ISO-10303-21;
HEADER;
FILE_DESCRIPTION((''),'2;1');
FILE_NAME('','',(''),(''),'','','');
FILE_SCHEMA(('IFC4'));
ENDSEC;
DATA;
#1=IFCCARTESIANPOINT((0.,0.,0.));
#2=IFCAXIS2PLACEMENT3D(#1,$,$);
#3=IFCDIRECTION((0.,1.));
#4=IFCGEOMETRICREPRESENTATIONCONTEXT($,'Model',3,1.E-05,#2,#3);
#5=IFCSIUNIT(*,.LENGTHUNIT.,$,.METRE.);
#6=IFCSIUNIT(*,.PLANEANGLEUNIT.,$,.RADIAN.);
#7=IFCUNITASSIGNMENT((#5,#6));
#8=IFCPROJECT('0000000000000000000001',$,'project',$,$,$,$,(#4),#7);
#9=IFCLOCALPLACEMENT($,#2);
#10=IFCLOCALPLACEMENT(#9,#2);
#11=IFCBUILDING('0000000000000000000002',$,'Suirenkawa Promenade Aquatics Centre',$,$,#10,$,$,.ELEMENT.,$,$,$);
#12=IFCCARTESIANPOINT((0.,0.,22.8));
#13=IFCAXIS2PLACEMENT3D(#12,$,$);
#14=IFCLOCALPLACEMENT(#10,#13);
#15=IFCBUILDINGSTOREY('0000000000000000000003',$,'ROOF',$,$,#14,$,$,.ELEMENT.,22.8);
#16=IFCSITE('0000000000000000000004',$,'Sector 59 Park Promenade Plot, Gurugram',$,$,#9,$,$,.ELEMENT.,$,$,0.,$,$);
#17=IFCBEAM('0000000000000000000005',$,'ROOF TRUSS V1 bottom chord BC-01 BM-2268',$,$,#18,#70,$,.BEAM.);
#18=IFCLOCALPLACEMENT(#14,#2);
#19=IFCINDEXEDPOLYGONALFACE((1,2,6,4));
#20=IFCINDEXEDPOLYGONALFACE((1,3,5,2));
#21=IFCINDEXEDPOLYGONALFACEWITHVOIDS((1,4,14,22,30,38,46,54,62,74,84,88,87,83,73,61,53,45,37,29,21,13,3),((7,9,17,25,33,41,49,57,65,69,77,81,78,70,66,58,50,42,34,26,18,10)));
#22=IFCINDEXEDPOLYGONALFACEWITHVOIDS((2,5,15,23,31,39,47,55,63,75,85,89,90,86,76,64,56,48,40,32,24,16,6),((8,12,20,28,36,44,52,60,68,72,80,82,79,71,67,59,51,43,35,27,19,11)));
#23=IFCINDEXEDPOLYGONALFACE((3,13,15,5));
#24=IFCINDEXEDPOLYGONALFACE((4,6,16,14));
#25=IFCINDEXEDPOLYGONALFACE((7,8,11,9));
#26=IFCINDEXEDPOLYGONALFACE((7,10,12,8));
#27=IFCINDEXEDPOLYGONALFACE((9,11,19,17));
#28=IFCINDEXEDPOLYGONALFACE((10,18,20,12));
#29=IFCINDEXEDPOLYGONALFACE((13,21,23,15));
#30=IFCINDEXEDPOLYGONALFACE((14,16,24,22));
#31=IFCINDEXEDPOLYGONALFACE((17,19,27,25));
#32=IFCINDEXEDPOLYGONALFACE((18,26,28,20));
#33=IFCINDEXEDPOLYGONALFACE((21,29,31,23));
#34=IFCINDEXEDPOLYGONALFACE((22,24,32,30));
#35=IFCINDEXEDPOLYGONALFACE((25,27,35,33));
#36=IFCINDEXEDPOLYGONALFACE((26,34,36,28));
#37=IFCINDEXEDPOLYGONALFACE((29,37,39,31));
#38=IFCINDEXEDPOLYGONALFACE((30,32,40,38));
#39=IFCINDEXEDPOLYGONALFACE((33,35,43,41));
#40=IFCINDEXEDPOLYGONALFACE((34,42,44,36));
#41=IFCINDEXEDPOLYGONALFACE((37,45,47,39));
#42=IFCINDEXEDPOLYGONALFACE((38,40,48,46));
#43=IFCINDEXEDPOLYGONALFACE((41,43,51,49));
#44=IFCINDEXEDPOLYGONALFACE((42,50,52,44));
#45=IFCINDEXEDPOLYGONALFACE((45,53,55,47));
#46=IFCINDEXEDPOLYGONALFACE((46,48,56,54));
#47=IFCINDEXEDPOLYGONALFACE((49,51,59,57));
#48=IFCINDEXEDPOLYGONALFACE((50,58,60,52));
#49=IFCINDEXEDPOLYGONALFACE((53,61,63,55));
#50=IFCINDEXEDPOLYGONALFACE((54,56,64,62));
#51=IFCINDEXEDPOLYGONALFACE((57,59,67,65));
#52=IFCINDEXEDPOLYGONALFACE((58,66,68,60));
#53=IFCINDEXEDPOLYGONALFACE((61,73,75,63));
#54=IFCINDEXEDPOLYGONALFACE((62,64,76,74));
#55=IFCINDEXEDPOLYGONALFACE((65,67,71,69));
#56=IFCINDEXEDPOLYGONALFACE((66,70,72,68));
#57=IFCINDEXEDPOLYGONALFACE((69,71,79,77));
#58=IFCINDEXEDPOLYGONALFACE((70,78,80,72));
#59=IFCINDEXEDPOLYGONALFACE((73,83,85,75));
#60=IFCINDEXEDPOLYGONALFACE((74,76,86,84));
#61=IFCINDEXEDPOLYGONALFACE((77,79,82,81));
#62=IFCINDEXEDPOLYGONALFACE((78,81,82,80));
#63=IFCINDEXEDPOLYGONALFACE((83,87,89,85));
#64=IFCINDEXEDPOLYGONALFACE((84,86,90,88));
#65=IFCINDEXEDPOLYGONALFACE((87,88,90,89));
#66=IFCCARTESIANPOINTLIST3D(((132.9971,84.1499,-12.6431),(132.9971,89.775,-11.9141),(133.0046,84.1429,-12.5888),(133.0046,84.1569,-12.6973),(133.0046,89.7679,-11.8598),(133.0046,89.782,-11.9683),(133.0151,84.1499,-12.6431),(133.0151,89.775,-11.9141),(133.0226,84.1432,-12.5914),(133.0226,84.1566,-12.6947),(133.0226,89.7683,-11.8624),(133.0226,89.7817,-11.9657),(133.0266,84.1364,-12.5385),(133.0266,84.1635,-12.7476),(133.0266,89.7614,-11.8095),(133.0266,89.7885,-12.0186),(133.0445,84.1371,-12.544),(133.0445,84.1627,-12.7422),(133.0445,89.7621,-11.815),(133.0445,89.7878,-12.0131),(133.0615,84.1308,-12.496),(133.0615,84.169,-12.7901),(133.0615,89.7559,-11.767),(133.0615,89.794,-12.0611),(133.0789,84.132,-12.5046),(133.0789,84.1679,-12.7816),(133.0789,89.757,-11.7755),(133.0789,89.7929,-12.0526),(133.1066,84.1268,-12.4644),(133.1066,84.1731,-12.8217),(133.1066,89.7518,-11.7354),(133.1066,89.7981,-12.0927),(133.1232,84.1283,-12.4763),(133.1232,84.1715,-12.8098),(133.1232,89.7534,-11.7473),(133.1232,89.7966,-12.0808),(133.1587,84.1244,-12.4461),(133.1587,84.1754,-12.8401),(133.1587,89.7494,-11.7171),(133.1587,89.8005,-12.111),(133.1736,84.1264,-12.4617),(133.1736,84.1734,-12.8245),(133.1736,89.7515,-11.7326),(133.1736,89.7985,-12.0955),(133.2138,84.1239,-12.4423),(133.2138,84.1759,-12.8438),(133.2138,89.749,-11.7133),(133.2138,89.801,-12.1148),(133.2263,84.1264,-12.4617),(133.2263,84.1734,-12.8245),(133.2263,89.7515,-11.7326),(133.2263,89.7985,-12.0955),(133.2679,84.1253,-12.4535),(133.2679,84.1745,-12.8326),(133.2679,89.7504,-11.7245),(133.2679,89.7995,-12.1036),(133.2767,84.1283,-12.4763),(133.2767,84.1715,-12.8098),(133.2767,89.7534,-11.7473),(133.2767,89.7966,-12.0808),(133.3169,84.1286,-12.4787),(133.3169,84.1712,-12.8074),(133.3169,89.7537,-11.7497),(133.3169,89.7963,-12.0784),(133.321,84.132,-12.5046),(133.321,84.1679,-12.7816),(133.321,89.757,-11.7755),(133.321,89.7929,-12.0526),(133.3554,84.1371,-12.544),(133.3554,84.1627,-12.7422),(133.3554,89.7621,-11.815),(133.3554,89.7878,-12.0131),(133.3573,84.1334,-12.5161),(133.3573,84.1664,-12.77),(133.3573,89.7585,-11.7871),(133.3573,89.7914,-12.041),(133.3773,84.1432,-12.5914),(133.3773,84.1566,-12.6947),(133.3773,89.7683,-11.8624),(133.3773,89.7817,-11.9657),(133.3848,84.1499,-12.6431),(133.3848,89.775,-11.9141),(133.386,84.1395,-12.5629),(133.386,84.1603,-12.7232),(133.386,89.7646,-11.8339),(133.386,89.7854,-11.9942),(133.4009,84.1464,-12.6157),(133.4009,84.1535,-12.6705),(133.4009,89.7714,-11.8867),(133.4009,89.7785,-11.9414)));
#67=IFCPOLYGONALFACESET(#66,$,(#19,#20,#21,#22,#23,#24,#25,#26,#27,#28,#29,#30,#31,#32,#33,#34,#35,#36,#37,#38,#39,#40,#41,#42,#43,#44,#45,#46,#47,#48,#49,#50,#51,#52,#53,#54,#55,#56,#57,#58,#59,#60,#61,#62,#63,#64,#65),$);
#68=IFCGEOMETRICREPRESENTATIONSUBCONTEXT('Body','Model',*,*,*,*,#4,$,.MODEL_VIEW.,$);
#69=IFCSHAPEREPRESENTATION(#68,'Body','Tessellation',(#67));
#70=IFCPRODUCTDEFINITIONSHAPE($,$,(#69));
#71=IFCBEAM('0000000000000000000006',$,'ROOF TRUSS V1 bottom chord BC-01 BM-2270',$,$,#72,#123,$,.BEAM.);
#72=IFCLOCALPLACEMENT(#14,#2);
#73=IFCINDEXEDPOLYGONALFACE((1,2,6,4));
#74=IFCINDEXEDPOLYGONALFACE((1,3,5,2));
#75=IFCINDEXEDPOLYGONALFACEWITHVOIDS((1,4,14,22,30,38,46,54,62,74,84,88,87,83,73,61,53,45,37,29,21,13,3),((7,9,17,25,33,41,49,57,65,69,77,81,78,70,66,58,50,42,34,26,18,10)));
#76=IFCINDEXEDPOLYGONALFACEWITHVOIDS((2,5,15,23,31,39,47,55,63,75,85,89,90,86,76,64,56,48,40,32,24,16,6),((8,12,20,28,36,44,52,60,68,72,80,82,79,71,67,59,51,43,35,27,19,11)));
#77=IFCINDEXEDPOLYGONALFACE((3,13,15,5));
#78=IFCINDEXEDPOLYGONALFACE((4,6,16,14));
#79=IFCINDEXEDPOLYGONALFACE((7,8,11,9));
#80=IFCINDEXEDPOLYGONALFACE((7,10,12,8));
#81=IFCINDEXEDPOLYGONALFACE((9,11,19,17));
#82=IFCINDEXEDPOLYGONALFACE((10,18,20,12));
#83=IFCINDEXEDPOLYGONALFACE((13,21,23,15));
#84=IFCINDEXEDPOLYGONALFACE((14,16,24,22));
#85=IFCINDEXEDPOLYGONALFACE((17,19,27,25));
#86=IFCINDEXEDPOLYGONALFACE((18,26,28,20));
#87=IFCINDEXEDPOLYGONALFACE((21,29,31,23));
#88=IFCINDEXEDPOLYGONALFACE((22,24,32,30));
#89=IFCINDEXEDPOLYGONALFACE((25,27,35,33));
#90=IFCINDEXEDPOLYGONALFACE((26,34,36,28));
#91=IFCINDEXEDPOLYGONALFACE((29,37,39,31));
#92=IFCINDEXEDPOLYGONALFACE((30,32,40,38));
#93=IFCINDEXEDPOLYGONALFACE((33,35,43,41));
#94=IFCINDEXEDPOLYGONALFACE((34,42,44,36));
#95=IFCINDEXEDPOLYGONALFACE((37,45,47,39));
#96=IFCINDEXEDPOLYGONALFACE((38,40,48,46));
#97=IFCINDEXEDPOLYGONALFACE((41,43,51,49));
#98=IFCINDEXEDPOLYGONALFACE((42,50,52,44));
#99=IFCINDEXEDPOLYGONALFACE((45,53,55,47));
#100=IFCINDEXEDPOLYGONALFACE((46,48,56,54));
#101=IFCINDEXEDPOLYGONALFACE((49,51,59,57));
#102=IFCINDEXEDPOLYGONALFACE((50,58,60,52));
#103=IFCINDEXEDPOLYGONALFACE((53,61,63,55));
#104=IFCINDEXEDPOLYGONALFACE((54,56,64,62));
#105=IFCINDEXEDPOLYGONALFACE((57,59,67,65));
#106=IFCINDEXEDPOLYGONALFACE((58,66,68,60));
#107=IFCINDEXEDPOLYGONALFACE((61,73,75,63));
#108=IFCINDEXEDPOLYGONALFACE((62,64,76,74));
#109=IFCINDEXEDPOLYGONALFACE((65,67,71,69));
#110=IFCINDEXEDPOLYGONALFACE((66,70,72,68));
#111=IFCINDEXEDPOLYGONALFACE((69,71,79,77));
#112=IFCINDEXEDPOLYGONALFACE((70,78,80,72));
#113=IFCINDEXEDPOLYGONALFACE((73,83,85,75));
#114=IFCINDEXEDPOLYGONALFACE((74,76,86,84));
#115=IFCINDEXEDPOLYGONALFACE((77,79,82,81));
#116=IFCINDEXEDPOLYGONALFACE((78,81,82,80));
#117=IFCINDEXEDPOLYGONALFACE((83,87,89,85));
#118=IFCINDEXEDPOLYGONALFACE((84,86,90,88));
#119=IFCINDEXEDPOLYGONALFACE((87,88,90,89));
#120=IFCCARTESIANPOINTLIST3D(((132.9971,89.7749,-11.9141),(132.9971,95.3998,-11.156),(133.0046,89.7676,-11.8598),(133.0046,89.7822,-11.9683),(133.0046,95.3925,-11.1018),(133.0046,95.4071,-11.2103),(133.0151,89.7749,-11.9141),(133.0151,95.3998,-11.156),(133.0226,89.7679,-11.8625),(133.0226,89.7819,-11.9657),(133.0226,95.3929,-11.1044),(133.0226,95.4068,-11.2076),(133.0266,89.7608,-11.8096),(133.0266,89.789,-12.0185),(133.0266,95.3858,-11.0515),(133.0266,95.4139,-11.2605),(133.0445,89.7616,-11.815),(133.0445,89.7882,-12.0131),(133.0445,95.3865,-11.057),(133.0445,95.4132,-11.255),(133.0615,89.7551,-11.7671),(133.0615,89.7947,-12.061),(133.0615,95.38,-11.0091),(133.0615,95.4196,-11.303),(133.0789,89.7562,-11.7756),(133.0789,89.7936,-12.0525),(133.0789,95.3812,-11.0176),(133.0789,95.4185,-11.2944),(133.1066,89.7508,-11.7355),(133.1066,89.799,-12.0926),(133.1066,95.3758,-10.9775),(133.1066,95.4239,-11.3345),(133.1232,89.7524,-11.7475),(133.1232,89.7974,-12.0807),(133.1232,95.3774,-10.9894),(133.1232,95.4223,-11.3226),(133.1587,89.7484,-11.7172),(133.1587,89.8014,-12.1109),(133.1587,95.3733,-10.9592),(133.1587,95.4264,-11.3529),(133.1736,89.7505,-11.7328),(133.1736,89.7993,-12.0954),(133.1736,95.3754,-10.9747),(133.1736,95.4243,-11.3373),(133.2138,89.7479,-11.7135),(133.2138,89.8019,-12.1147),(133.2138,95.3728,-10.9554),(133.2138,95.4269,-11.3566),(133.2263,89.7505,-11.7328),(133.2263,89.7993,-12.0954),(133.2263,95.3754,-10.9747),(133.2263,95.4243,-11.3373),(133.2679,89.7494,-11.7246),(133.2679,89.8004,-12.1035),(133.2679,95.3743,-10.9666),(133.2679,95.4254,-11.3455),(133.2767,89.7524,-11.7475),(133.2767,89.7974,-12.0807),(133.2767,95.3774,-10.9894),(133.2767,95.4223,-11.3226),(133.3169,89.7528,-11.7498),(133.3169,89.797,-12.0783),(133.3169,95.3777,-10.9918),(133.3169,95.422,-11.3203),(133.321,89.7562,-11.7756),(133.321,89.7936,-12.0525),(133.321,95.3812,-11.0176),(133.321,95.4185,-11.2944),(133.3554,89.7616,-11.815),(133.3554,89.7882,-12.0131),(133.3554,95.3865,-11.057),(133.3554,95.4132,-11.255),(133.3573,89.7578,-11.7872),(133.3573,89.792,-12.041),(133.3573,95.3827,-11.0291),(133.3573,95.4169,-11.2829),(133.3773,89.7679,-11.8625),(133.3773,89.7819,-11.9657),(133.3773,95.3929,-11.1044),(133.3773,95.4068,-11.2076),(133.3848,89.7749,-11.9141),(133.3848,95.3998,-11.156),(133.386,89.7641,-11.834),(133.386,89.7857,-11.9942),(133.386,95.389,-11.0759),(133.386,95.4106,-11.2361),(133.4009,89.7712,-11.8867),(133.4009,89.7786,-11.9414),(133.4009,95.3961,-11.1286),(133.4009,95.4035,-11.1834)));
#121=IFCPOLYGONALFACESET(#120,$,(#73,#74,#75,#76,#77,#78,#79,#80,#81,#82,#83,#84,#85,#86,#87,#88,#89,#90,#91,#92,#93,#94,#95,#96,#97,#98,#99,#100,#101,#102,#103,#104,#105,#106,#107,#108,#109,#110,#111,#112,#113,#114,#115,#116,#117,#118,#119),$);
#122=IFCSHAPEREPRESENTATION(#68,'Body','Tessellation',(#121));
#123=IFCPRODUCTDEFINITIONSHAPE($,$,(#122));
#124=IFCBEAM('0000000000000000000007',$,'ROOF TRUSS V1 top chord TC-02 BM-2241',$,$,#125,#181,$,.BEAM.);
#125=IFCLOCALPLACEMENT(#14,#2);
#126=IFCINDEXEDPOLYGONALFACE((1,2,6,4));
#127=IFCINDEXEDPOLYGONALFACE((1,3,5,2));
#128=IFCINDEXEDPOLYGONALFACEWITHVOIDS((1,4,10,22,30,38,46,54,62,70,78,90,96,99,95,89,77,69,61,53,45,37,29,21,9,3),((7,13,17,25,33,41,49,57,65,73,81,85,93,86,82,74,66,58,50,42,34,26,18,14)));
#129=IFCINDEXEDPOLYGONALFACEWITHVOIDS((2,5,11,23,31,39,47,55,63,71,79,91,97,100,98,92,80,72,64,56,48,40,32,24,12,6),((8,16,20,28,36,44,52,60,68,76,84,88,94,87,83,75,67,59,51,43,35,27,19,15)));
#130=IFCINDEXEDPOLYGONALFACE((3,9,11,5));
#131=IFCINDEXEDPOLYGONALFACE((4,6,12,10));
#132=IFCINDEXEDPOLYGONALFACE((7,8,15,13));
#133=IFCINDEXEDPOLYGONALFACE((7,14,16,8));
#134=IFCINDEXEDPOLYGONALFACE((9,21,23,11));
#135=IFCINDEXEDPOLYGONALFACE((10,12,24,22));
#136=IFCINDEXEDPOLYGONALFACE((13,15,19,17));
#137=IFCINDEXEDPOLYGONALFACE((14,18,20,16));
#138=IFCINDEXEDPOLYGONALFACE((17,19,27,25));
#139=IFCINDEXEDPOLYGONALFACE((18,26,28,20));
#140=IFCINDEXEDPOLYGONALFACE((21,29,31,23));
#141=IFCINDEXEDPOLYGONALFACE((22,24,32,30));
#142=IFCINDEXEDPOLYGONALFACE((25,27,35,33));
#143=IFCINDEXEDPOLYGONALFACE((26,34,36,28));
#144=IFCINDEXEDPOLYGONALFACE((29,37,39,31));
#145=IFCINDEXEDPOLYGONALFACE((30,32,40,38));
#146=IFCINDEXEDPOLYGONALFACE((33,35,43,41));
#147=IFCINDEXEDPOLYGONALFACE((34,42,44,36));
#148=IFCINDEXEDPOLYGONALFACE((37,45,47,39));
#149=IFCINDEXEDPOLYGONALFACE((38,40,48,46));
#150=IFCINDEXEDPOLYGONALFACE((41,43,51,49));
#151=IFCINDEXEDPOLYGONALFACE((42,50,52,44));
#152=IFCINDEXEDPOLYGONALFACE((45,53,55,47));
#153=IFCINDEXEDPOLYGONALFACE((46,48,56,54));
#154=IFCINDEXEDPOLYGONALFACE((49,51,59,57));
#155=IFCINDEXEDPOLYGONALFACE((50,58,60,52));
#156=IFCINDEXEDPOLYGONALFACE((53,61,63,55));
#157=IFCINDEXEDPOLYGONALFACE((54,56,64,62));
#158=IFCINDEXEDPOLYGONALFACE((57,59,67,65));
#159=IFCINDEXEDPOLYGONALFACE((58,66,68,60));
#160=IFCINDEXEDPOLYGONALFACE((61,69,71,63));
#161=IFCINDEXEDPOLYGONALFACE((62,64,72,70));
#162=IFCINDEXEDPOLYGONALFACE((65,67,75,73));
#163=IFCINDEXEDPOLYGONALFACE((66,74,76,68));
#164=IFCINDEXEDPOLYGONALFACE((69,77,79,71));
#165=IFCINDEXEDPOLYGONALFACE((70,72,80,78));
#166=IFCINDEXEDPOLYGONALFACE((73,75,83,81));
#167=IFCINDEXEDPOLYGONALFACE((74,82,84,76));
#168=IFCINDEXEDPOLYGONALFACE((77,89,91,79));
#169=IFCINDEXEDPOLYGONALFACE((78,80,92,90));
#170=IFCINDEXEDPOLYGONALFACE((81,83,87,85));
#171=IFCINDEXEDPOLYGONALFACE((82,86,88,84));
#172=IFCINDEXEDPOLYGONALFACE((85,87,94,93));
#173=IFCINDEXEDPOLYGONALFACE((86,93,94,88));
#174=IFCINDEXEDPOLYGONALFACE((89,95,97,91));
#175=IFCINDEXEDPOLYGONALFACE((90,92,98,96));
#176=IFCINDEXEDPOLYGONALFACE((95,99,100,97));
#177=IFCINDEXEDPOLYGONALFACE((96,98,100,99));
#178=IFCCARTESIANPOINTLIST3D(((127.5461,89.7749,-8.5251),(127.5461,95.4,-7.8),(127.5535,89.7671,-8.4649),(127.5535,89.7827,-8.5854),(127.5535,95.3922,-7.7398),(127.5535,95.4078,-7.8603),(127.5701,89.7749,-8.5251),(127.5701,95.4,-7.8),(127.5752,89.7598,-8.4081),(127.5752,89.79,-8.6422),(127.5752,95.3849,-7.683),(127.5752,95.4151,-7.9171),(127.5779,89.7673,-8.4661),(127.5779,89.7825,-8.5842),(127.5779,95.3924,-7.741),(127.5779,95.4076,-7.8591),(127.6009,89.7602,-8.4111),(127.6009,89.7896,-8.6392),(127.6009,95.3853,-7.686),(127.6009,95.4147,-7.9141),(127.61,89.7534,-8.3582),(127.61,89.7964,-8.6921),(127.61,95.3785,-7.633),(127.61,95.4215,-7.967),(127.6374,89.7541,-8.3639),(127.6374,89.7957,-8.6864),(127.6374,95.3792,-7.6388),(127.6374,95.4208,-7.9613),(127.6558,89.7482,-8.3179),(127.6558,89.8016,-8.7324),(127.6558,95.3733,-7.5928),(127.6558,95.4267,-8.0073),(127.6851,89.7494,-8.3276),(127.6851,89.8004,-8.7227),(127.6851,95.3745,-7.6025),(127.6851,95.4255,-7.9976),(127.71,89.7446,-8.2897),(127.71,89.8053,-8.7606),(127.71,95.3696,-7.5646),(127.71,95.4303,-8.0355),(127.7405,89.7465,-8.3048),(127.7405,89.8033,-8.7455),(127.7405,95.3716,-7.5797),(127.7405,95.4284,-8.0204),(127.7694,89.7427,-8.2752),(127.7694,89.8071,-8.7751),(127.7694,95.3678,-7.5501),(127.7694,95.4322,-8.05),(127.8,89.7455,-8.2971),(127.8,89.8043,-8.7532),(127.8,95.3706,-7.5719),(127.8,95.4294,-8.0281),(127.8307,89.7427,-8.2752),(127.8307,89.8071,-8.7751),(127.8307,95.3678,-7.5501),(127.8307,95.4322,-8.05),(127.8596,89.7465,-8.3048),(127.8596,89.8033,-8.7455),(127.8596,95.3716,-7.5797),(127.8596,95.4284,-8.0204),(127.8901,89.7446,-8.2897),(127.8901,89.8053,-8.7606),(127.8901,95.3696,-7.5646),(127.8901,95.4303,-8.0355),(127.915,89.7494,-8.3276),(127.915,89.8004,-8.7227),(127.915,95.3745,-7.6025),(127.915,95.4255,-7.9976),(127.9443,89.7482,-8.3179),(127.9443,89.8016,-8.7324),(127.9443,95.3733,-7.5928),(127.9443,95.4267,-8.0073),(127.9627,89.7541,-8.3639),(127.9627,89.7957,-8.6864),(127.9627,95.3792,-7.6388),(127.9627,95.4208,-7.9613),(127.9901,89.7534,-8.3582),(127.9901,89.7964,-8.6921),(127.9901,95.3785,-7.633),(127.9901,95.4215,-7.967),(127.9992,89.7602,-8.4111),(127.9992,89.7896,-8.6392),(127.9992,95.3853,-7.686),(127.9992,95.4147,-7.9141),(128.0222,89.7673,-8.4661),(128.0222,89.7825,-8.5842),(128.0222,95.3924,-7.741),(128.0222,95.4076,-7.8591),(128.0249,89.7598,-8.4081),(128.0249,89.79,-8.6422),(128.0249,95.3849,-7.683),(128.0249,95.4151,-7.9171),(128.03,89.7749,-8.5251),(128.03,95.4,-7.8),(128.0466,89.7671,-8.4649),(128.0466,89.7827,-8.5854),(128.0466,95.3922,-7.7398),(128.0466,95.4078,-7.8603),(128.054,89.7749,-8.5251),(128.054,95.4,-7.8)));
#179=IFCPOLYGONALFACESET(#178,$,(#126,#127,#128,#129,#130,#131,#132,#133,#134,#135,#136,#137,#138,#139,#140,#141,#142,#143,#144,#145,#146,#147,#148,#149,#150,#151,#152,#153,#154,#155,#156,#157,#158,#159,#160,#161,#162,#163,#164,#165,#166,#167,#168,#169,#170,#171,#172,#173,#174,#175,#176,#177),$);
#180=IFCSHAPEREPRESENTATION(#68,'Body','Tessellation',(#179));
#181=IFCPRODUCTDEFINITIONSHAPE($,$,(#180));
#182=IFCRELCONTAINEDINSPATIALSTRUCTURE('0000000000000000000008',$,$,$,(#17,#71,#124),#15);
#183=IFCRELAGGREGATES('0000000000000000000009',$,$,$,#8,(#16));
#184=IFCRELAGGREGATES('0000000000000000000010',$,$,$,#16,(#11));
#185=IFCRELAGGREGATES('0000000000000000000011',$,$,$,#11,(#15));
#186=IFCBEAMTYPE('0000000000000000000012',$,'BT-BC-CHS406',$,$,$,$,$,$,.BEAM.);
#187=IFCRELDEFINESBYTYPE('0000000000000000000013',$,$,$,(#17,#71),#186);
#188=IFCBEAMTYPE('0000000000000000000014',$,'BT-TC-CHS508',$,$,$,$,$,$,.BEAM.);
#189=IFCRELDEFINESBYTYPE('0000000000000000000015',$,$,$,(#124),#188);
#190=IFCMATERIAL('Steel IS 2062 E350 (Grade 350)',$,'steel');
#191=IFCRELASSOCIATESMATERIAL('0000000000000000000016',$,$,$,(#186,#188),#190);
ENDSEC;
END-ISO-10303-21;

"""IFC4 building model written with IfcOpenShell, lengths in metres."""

from ifc_helpers import new_model, si_unit, direction, frame, origin, origin_2d, place, context, subcontext, project, spatial, hollow_circle, extrude, material, material_profile, profile_set, type_object, element, save


model = new_model("IFC4")

# Units and contexts
model_context = context("Model", 3, precision=1e-05, world=origin(), true_north=direction((0.0, 1.0)))
body_context = subcontext(model_context, "Body", "Model", "MODEL_VIEW")
ifc_project = project(units=[si_unit("LENGTHUNIT", "METRE"), si_unit("PLANEANGLEUNIT", "RADIAN")], contexts=[model_context])

# Site, building, storey
site_placement = place(None, origin())
site = spatial("IfcSite", under=ifc_project, at=site_placement, Name="Sector 59 Park Promenade Plot, Gurugram", CompositionType="ELEMENT", RefElevation=0.0)
building_placement = place(site_placement, origin())
building = spatial("IfcBuilding", under=site, at=building_placement, Name="Suirenkawa Promenade Aquatics Centre", CompositionType="ELEMENT")
storey_placement = place(building_placement, frame((0.0, 0.0, 22.8)))
storey = spatial("IfcBuildingStorey", under=building, at=storey_placement, Name="ROOF", CompositionType="ELEMENT", Elevation=22.8)

# Beams
ifc_material = material(Name="Steel IS 2062 E350 (Grade 350)", Category="steel")
ifc_material_profile_1 = material_profile(ifc_material, hollow_circle(Radius=0.2029, WallThickness=0.0181, at=origin_2d()), Name="CHS 406x18", Category="steel")
ifc_profile_set_1 = profile_set([ifc_material_profile_1], Name="Steel IS 2062 E350 (Grade 350)")
beam_type_1 = type_object("IfcBeamType", Name="BT-BC-CHS406", PredefinedType="BEAM", material=ifc_profile_set_1)
beam_1_placement = place(storey_placement, frame((133.2, 84.1499, -12.6431), z_axis=(0.0, 0.991706, 0.128526), x_axis=(-1.0, 0.0, 0.0)))
element("IfcBeam", 1, at=beam_1_placement, inside=storey, type_object=beam_type_1, Name="ROOF TRUSS V1 bottom chord BC-01 BM-2268", PredefinedType="BEAM", context=body_context, shape_type="SweptSolid", body=[
    extrude(hollow_circle(Radius=0.2029, WallThickness=0.0181, at=origin_2d()), origin(), (0.0, 0.0, 1.0), 5.6721),
])
beam_2_placement = place(storey_placement, frame((133.2, 89.7749, -11.9141), z_axis=(0.0, 0.991041, 0.133558), x_axis=(-1.0, 0.0, 0.0)))
element("IfcBeam", 2, at=beam_2_placement, inside=storey, type_object=beam_type_1, Name="ROOF TRUSS V1 bottom chord BC-01 BM-2270", PredefinedType="BEAM", context=body_context, shape_type="SweptSolid", body=[
    extrude(hollow_circle(Radius=0.2029, WallThickness=0.0181, at=origin_2d()), origin(), (0.0, 0.0, 1.0), 5.6758),
])
ifc_material_profile_2 = material_profile(ifc_material, hollow_circle(Radius=0.2539, WallThickness=0.0239, at=origin_2d()), Name="CHS 508x24", Category="steel")
ifc_profile_set_2 = profile_set([ifc_material_profile_2], Name="Steel IS 2062 E350 (Grade 350)")
beam_type_2 = type_object("IfcBeamType", Name="BT-TC-CHS508", PredefinedType="BEAM", material=ifc_profile_set_2)
for number, where, z_axis, x_axis, name in (
    (3, (127.8, 89.7749, -8.5251), (0.0, 0.991794, 0.127848), (-1.0, 0.0, 0.0), "ROOF TRUSS V1 top chord TC-02 BM-2241"),
):
    element("IfcBeam", number, at=place(storey_placement, frame(where, z_axis=z_axis, x_axis=x_axis)), inside=storey, type_object=beam_type_2, Name=name, PredefinedType="BEAM", context=body_context, shape_type="SweptSolid", body=[
        extrude(hollow_circle(Radius=0.2539, WallThickness=0.0239, at=origin_2d()), origin(), (0.0, 0.0, 1.0), 5.6716),
    ])

save(model, "model.ifc")
